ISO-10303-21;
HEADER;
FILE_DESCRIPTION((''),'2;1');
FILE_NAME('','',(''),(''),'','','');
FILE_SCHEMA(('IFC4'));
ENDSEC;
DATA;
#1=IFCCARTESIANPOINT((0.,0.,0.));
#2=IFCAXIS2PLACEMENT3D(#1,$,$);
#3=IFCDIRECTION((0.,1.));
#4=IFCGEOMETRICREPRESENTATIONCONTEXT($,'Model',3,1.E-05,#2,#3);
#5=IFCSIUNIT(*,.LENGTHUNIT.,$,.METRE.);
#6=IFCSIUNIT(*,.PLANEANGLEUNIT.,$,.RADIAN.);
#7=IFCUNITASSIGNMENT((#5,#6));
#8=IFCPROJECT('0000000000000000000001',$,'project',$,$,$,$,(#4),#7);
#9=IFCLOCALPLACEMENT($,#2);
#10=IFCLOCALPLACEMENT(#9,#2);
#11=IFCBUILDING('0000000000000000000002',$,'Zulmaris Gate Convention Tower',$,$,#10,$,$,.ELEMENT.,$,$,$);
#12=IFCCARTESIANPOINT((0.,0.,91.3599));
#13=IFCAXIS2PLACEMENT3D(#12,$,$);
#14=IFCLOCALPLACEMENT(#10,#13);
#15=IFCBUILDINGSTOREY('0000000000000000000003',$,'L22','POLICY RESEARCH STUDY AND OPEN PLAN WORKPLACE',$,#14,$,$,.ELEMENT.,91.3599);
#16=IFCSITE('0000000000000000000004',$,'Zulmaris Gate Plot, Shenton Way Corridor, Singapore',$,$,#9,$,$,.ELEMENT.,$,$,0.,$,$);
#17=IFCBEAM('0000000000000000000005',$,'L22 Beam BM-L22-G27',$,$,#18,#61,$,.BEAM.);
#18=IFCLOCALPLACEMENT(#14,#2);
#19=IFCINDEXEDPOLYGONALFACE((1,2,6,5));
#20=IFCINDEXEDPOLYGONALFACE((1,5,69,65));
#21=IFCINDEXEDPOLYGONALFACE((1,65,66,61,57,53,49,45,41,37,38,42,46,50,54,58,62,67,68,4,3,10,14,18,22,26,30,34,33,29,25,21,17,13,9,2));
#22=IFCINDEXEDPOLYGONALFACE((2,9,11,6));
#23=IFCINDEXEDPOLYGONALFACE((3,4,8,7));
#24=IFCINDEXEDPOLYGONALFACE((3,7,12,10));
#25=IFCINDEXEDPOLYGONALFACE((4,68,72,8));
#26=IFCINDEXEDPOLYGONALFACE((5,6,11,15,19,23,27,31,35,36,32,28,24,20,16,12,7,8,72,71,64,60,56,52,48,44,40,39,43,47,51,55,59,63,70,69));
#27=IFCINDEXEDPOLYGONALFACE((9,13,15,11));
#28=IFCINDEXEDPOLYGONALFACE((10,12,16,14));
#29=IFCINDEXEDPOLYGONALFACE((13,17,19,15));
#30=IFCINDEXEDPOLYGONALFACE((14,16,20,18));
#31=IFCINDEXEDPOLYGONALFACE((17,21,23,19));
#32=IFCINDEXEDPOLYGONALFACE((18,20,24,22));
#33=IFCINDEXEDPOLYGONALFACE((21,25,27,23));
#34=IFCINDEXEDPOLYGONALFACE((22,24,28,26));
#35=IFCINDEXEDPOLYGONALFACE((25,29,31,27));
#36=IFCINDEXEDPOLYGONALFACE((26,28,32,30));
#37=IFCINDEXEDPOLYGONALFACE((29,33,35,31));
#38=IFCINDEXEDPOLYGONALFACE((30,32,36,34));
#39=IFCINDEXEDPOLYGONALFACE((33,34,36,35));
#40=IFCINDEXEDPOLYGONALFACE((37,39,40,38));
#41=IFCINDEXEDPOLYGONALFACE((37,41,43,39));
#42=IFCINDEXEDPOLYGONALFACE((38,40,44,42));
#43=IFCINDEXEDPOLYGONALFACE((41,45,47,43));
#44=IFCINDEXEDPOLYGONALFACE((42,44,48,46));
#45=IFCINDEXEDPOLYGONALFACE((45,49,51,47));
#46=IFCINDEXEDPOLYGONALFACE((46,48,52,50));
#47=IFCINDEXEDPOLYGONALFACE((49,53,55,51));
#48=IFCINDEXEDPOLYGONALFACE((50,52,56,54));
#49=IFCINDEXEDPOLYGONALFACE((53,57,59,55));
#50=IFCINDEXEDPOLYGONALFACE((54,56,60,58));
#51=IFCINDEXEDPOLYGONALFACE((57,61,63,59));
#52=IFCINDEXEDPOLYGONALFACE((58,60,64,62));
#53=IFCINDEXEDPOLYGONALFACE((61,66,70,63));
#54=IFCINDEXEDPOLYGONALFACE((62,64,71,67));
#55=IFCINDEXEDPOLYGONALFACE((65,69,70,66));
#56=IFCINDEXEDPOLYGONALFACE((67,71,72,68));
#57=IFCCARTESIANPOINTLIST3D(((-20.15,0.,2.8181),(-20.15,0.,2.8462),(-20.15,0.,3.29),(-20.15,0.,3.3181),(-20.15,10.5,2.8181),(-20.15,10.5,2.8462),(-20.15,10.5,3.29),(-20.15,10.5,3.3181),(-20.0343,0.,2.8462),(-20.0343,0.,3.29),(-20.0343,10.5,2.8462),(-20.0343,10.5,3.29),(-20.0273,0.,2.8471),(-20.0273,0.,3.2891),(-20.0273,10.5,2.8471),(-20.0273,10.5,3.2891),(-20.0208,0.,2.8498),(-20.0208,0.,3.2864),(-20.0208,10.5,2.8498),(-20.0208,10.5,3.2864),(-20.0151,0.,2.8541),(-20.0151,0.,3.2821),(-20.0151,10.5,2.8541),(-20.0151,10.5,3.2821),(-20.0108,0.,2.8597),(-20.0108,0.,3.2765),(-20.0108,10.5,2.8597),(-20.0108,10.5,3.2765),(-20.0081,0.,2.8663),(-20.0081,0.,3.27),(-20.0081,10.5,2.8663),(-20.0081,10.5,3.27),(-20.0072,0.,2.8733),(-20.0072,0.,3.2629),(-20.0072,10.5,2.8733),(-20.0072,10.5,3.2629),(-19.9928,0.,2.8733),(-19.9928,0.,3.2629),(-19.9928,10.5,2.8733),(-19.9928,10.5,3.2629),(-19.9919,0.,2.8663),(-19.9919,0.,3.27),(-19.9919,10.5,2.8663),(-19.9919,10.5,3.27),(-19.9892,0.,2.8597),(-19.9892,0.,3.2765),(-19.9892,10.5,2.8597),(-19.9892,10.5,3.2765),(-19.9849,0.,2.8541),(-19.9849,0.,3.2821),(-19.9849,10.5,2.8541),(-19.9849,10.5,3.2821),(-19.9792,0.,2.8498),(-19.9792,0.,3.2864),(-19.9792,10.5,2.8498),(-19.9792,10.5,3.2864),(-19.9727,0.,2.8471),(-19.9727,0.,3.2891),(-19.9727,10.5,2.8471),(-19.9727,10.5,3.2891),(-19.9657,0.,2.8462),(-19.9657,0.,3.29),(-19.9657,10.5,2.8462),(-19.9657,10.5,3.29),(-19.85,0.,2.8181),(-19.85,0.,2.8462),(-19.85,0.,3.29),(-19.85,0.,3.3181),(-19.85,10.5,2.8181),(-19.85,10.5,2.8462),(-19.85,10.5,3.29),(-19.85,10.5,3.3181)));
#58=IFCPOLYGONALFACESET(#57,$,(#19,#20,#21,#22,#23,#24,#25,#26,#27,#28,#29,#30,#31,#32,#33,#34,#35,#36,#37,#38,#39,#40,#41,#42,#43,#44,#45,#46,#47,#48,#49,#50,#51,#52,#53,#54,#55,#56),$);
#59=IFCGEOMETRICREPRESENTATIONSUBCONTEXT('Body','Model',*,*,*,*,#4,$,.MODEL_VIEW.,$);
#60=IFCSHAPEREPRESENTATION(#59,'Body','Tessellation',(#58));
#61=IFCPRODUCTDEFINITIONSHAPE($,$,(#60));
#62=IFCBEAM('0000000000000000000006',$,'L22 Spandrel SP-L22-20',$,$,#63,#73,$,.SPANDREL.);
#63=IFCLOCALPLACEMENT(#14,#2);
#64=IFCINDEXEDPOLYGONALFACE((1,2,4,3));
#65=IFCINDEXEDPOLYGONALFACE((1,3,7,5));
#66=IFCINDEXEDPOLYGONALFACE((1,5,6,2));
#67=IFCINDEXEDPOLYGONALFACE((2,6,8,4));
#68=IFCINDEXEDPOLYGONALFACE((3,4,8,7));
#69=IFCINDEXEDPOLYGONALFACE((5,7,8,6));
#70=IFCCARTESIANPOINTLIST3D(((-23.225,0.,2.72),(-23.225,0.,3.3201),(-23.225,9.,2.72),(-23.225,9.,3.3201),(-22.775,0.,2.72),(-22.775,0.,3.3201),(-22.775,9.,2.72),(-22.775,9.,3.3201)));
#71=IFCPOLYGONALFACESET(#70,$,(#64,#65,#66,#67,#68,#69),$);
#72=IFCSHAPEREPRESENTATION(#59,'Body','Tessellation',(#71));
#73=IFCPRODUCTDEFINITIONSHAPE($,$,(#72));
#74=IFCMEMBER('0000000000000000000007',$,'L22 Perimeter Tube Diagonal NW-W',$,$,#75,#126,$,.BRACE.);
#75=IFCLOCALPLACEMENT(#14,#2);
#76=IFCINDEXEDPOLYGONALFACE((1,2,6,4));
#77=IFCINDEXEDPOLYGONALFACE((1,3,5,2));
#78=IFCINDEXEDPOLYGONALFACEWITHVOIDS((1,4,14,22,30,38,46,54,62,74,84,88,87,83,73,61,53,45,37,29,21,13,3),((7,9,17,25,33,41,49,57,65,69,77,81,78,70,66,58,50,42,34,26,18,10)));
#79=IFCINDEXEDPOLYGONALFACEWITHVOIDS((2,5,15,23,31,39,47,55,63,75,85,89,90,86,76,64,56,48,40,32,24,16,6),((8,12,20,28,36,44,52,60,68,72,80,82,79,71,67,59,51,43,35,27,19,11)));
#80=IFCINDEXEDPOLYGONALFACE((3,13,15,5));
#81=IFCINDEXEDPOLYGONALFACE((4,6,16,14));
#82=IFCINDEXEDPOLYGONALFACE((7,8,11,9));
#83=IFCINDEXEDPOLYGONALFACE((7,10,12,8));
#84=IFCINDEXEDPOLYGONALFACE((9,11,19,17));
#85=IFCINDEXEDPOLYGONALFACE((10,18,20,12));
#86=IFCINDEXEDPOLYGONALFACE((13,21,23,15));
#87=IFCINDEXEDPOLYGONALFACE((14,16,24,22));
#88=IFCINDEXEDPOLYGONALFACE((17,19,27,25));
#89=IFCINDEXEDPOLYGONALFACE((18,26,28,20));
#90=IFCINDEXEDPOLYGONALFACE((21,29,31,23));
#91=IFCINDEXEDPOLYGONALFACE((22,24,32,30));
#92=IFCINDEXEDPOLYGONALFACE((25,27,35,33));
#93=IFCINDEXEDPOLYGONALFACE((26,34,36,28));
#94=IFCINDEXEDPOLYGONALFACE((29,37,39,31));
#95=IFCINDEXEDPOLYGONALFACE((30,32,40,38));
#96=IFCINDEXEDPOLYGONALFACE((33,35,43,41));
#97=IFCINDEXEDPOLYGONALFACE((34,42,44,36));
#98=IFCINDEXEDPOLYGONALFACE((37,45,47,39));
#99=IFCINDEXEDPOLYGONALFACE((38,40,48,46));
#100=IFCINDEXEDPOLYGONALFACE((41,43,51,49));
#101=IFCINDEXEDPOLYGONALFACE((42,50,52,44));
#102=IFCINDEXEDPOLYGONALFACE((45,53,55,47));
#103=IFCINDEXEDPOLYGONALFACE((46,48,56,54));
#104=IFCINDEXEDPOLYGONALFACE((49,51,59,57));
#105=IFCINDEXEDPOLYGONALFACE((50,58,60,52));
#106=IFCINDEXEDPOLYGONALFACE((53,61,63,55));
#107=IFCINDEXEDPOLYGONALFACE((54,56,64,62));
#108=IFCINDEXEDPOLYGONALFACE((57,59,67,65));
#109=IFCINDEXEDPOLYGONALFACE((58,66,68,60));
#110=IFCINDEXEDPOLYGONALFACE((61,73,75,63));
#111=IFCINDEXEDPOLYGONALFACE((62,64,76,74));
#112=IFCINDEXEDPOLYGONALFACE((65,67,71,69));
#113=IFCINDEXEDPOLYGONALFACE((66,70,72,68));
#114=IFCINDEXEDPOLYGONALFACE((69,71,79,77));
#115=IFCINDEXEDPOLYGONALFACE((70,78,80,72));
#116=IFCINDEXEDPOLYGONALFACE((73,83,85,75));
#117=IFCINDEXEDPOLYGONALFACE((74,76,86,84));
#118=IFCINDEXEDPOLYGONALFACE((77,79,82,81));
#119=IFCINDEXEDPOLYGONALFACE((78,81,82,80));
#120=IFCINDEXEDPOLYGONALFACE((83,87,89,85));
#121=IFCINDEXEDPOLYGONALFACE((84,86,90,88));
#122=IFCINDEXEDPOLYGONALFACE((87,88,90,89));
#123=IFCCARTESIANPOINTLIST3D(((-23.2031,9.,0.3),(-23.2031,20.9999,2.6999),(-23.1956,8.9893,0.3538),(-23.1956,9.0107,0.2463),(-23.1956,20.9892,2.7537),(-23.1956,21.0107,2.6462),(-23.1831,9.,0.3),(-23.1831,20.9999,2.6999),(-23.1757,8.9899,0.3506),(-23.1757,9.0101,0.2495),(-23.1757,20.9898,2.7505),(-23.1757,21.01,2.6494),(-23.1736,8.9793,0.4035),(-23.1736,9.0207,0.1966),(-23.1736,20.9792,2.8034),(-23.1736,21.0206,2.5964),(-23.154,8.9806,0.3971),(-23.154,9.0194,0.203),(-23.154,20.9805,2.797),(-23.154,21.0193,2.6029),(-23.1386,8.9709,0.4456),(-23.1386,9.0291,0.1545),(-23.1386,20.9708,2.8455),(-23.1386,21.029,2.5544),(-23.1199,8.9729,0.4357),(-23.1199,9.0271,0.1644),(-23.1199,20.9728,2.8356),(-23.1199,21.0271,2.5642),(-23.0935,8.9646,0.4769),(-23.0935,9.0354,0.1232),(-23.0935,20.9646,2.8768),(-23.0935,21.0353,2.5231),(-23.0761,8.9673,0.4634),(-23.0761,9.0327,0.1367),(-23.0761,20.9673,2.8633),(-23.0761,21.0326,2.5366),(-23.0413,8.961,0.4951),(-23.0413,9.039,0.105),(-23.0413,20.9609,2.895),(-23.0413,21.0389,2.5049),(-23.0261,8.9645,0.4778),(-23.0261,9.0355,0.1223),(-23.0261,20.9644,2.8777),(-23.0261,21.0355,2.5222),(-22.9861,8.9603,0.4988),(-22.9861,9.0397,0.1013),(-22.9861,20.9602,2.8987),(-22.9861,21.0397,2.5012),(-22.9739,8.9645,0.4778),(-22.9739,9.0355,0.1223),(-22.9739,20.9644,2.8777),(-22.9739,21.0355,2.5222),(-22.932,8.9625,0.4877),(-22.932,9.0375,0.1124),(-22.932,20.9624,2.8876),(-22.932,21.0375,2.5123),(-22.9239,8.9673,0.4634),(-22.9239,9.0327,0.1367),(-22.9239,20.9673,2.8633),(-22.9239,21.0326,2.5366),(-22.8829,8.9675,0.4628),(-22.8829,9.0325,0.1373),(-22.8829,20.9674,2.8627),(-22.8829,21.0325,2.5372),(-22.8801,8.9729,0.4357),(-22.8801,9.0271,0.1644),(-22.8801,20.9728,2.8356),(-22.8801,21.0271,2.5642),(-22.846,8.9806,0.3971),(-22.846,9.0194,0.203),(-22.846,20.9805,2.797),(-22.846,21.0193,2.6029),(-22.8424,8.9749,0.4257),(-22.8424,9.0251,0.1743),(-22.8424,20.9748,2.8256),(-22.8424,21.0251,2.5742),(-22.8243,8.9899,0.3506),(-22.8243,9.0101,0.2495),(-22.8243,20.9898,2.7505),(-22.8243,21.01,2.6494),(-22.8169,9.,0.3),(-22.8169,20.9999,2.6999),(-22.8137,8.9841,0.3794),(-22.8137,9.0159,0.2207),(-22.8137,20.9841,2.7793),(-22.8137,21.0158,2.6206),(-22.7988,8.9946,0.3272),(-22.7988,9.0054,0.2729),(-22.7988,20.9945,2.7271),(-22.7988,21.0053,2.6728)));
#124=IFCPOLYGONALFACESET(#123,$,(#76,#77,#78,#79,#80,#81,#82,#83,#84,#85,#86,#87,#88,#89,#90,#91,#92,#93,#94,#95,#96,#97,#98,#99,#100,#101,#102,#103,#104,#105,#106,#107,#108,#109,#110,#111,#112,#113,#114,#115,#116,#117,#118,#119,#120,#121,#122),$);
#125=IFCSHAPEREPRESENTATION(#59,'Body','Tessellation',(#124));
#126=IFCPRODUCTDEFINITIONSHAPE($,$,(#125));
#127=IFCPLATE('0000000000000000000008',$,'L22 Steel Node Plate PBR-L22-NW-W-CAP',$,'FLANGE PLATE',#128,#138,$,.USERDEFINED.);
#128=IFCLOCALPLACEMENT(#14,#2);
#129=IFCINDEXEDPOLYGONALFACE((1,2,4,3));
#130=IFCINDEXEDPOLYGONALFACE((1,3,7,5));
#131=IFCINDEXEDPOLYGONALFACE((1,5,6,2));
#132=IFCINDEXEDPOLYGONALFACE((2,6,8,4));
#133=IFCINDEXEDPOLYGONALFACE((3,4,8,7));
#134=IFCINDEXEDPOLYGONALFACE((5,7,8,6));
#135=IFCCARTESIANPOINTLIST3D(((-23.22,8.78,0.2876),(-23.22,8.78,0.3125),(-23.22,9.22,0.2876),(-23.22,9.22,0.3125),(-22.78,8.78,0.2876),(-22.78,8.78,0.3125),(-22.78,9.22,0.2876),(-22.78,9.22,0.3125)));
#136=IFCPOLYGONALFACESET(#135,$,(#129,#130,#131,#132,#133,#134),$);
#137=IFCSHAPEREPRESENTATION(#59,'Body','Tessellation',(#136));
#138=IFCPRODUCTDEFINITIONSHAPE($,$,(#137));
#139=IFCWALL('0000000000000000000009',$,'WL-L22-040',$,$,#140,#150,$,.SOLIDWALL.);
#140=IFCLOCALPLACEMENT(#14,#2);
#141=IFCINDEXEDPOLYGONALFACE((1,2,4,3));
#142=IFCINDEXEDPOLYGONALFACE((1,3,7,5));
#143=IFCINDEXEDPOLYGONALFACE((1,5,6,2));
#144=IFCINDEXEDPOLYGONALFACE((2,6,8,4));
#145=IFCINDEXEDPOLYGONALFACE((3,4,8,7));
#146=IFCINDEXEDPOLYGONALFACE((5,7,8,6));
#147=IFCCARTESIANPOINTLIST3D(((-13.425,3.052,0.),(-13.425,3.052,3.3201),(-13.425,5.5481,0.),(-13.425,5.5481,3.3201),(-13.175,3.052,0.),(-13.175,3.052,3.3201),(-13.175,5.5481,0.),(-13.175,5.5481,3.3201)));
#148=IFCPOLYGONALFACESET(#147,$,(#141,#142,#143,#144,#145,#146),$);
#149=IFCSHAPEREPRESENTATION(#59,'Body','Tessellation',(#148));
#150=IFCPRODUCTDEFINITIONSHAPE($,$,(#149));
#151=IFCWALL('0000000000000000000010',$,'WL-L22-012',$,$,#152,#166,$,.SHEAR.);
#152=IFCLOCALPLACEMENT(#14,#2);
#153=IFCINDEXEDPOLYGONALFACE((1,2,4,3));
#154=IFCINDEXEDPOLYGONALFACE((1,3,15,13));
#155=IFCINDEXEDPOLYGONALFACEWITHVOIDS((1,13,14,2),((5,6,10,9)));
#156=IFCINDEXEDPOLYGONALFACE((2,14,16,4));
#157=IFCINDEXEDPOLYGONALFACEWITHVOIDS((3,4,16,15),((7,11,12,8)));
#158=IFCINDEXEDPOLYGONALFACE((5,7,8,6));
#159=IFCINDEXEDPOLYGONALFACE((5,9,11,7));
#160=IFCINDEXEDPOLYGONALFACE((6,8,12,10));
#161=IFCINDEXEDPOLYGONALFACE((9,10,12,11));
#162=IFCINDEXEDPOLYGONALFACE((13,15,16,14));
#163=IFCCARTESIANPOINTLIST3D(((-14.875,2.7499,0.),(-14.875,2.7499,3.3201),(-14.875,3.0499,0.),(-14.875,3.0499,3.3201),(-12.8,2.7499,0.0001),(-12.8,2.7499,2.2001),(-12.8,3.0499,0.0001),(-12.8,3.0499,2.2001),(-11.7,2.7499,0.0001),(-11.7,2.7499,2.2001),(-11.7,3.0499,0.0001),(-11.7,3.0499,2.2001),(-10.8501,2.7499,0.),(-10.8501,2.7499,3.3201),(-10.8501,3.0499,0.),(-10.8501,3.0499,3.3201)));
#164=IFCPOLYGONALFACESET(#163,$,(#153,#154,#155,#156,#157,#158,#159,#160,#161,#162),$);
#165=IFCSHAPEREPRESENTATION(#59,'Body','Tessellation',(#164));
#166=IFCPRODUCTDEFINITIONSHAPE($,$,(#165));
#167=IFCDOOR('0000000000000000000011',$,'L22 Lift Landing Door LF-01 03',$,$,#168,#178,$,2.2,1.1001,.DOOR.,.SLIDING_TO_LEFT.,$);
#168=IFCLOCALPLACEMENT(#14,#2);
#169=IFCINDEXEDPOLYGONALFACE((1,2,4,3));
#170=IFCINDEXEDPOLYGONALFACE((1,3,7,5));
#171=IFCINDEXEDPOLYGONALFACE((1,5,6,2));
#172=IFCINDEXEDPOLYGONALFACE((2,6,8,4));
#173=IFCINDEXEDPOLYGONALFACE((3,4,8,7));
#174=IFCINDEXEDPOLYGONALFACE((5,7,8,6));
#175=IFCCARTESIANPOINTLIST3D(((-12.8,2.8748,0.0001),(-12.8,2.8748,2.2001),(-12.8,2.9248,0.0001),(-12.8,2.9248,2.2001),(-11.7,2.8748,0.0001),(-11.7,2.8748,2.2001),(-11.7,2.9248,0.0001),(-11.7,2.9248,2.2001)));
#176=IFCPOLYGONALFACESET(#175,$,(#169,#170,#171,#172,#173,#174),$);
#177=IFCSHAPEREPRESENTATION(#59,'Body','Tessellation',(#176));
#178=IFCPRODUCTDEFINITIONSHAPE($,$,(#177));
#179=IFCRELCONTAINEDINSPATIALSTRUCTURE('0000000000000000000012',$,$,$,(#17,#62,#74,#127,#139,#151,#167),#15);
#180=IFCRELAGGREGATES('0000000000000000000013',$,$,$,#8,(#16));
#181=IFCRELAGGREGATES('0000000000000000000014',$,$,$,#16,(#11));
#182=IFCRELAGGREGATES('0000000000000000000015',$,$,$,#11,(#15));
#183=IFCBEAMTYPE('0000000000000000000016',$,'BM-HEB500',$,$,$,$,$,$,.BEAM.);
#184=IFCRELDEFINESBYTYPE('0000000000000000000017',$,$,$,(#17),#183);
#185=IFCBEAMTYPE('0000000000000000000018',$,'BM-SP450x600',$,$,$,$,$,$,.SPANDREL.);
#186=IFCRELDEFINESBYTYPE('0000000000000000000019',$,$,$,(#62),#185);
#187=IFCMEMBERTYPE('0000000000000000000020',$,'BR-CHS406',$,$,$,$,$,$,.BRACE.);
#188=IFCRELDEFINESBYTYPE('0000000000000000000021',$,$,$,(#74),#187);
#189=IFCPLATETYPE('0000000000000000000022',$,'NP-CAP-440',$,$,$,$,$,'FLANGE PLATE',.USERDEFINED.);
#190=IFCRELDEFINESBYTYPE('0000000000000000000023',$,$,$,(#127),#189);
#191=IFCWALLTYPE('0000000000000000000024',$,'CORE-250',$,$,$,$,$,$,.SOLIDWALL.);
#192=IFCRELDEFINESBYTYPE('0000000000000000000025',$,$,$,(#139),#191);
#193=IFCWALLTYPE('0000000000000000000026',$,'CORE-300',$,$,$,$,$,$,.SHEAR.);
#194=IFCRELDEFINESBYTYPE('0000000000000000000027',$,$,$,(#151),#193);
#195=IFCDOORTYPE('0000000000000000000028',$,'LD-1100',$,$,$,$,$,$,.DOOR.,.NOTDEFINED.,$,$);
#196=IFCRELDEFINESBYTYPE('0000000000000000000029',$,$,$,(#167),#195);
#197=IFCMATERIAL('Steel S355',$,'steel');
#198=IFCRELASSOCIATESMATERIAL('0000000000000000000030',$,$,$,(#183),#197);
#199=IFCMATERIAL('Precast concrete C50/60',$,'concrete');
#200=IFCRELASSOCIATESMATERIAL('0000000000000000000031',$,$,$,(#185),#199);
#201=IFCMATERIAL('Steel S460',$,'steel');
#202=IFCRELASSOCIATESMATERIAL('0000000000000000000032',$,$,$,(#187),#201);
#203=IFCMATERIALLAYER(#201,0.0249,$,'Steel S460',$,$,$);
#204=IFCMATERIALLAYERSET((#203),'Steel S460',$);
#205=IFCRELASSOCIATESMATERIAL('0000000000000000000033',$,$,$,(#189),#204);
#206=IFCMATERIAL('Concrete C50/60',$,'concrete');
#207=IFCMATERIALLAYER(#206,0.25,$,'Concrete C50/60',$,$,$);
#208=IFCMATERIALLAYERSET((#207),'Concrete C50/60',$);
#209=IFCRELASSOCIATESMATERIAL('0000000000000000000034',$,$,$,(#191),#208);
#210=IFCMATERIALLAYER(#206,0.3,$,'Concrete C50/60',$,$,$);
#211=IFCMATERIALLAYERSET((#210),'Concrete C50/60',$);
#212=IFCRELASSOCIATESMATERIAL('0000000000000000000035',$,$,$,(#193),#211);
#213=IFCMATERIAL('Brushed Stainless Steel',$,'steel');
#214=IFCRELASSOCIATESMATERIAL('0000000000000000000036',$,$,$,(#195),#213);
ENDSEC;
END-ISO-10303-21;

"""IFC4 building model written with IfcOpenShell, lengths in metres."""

from ifc_helpers import new_model, si_unit, direction, frame, frame_2d, origin, origin_2d, place, context, subcontext, project, spatial, rectangle, hollow_circle, i_section, extrude, material, layer, layer_set, material_profile, profile_set, type_object, element, fill, save


model = new_model("IFC4")

# Units and contexts
model_context = context("Model", 3, precision=1e-05, world=origin(), true_north=direction((0.0, 1.0)))
body_context = subcontext(model_context, "Body", "Model", "MODEL_VIEW")
ifc_project = project(units=[si_unit("LENGTHUNIT", "METRE"), si_unit("PLANEANGLEUNIT", "RADIAN")], contexts=[model_context])

# Site, building, storey
site_placement = place(None, origin())
site = spatial("IfcSite", under=ifc_project, at=site_placement, Name="Zulmaris Gate Plot, Shenton Way Corridor, Singapore", CompositionType="ELEMENT", RefElevation=0.0)
building_placement = place(site_placement, origin())
building = spatial("IfcBuilding", under=site, at=building_placement, Name="Zulmaris Gate Convention Tower", CompositionType="ELEMENT")
storey_placement = place(building_placement, frame((0.0, 0.0, 91.3599)))
storey = spatial("IfcBuildingStorey", under=building, at=storey_placement, Name="L22", Description="POLICY RESEARCH STUDY AND OPEN PLAN WORKPLACE", CompositionType="ELEMENT", Elevation=91.3599)

# Beams
ifc_material_1 = material(Name="Steel S355", Category="steel")
ifc_material_profile_1 = material_profile(ifc_material_1, i_section(OverallWidth=0.3, OverallDepth=0.5, WebThickness=0.0144, FlangeThickness=0.0281, FilletRadius=0.0271, at=origin_2d()), Name="HEB 500")
ifc_profile_set_1 = profile_set([ifc_material_profile_1], Name="Steel S355")
beam_type_1 = type_object("IfcBeamType", Name="BM-HEB500", PredefinedType="BEAM", material=ifc_profile_set_1)
beam_1_placement = place(storey_placement, frame((-20.0, 0.0, 3.0681), z_axis=(0.0, 1.0, 0.0), x_axis=(-1.0, 0.0, 0.0)))
element("IfcBeam", 1, at=beam_1_placement, inside=storey, type_object=beam_type_1, Name="L22 Beam BM-L22-G27", PredefinedType="BEAM", context=body_context, shape_type="SweptSolid", body=[
    extrude(i_section(OverallWidth=0.3, OverallDepth=0.5, WebThickness=0.0144, FlangeThickness=0.0281, FilletRadius=0.0271, at=origin_2d()), origin(), (0.0, 0.0, 1.0), 10.5),
])
ifc_material_2 = material(Name="Precast concrete C50/60", Category="concrete")
ifc_material_profile_2 = material_profile(ifc_material_2, rectangle(XDim=0.45, YDim=0.6001, at=origin_2d()), Name="RC SPANDREL 450x600")
ifc_profile_set_2 = profile_set([ifc_material_profile_2], Name="Precast concrete C50/60")
beam_type_2 = type_object("IfcBeamType", Name="BM-SP450x600", PredefinedType="SPANDREL", material=ifc_profile_set_2)
beam_2_placement = place(storey_placement, frame((-23.0, 9.0, 3.02), z_axis=(0.0, -1.0, 0.0), x_axis=(1.0, 0.0, 0.0)))
element("IfcBeam", 2, at=beam_2_placement, inside=storey, type_object=beam_type_2, Name="L22 Spandrel SP-L22-20", PredefinedType="SPANDREL", context=body_context, shape_type="SweptSolid", body=[
    extrude(rectangle(XDim=0.45, YDim=0.6001, at=origin_2d()), origin(), (0.0, 0.0, 1.0), 9.0),
])

# Member
ifc_material_3 = material(Name="Steel S460", Category="steel")
ifc_material_profile_3 = material_profile(ifc_material_3, hollow_circle(Radius=0.2031, WallThickness=0.02, at=origin_2d()), Name="CHS 406.4x20")
ifc_profile_set_3 = profile_set([ifc_material_profile_3], Name="Steel S460")
member_type = type_object("IfcMemberType", Name="BR-CHS406", PredefinedType="BRACE", material=ifc_profile_set_3)
member_placement = place(storey_placement, frame((-23.0, 9.0, 0.3), z_axis=(0.0, 0.980582, 0.196108), x_axis=(-1.0, 0.0, 0.0)))
element("IfcMember", 3, at=member_placement, inside=storey, type_object=member_type, Name="L22 Perimeter Tube Diagonal NW-W", PredefinedType="BRACE", context=body_context, shape_type="SweptSolid", body=[
    extrude(hollow_circle(Radius=0.2031, WallThickness=0.02, at=origin_2d()), origin(), (0.0, 0.0, 1.0), 12.2375),
])

# Plate
ifc_layer_1 = layer(ifc_material_3, 0.0249, Name="Steel S460")
ifc_layer_set_1 = layer_set([ifc_layer_1], Name="Steel S460")
plate_type = type_object("IfcPlateType", Name="NP-CAP-440", ElementType="FLANGE PLATE", PredefinedType="USERDEFINED", material=ifc_layer_set_1)
plate_placement = place(storey_placement, frame((-23.0, 9.0, 0.2876), z_axis=(0.0, 0.0, 1.0), x_axis=(1.0, 0.0, 0.0)))
element("IfcPlate", 4, at=plate_placement, inside=storey, type_object=plate_type, Name="L22 Steel Node Plate PBR-L22-NW-W-CAP", ObjectType="FLANGE PLATE", PredefinedType="USERDEFINED", context=body_context, shape_type="SweptSolid", body=[
    extrude(rectangle(XDim=0.4399, YDim=0.4399, at=origin_2d()), origin(), (0.0, 0.0, 1.0), 0.0249),
])

# Wall
ifc_material_4 = material(Name="Concrete C50/60", Category="concrete")
ifc_layer_2 = layer(ifc_material_4, 0.25, Name="Concrete C50/60")
ifc_layer_set_2 = layer_set([ifc_layer_2], Name="Concrete C50/60")
wall_type_1 = type_object("IfcWallType", Name="CORE-250", PredefinedType="SOLIDWALL", material=ifc_layer_set_2)
wall_1_placement = place(storey_placement, frame((-13.3, 3.052, 0.0), z_axis=(0.0, 0.0, 1.0), x_axis=(0.0, 1.0, 0.0)))
element("IfcWall", 5, at=wall_1_placement, inside=storey, type_object=wall_type_1, Name="WL-L22-040", PredefinedType="SOLIDWALL", context=body_context, shape_type="SweptSolid", body=[
    extrude(rectangle(XDim=2.4961, YDim=0.25, at=frame_2d((1.248, 0.0))), origin(), (0.0, 0.0, 1.0), 3.3201),
])

# Wall, opening, door
ifc_layer_3 = layer(ifc_material_4, 0.3, Name="Concrete C50/60")
ifc_layer_set_3 = layer_set([ifc_layer_3], Name="Concrete C50/60")
wall_type_2 = type_object("IfcWallType", Name="CORE-300", PredefinedType="SHEAR", material=ifc_layer_set_3)
wall_2_placement = place(storey_placement, frame((-14.875, 2.8999, 0.0), z_axis=(0.0, 0.0, 1.0), x_axis=(1.0, 0.0, 0.0)))
wall_2 = element("IfcWall", 6, at=wall_2_placement, inside=storey, type_object=wall_type_2, Name="WL-L22-012", PredefinedType="SHEAR", context=body_context, shape_type="SweptSolid", body=[
    extrude(rectangle(XDim=4.0249, YDim=0.3, at=frame_2d((2.0125, 0.0))), origin(), (0.0, 0.0, 1.0), 3.3201),
])
opening_1_placement = place(wall_2_placement, frame((2.075, 0.0, 0.0)))
opening_1 = element("IfcOpeningElement", 7, at=opening_1_placement, cuts=wall_2, PredefinedType="OPENING", context=body_context, shape_type="SweptSolid", body=[
    extrude(rectangle(XDim=1.1001, YDim=2.2, at=frame_2d((0.55, 1.1001))), frame((0.0, 0.1602, 0.0), z_axis=(0.0, -1.0, 0.0), x_axis=(1.0, 0.0, 0.0)), (0.0, 0.0, 1.0), 0.3201),
])
ifc_material_5 = material(Name="Brushed Stainless Steel", Category="steel")
door_type_1 = type_object("IfcDoorType", Name="LD-1100", OperationType="NOTDEFINED", PredefinedType="DOOR", material=ifc_material_5)
door_1_placement = place(opening_1_placement, origin())
door_1 = element("IfcDoor", 8, at=door_1_placement, inside=storey, type_object=door_type_1, Name="L22 Lift Landing Door LF-01 03", OperationType="SLIDING_TO_LEFT", OverallHeight=2.2, OverallWidth=1.1001, PredefinedType="DOOR", context=body_context, shape_type="SweptSolid", body=[
    extrude(rectangle(XDim=1.1001, YDim=2.2, at=frame_2d((0.55, 1.1001))), frame((0.0, 0.0249, 0.0), z_axis=(0.0, -1.0, 0.0), x_axis=(1.0, 0.0, 0.0)), (0.0, 0.0, 1.0), 0.05),
])
fill(opening_1, door_1)

save(model, "model.ifc")
